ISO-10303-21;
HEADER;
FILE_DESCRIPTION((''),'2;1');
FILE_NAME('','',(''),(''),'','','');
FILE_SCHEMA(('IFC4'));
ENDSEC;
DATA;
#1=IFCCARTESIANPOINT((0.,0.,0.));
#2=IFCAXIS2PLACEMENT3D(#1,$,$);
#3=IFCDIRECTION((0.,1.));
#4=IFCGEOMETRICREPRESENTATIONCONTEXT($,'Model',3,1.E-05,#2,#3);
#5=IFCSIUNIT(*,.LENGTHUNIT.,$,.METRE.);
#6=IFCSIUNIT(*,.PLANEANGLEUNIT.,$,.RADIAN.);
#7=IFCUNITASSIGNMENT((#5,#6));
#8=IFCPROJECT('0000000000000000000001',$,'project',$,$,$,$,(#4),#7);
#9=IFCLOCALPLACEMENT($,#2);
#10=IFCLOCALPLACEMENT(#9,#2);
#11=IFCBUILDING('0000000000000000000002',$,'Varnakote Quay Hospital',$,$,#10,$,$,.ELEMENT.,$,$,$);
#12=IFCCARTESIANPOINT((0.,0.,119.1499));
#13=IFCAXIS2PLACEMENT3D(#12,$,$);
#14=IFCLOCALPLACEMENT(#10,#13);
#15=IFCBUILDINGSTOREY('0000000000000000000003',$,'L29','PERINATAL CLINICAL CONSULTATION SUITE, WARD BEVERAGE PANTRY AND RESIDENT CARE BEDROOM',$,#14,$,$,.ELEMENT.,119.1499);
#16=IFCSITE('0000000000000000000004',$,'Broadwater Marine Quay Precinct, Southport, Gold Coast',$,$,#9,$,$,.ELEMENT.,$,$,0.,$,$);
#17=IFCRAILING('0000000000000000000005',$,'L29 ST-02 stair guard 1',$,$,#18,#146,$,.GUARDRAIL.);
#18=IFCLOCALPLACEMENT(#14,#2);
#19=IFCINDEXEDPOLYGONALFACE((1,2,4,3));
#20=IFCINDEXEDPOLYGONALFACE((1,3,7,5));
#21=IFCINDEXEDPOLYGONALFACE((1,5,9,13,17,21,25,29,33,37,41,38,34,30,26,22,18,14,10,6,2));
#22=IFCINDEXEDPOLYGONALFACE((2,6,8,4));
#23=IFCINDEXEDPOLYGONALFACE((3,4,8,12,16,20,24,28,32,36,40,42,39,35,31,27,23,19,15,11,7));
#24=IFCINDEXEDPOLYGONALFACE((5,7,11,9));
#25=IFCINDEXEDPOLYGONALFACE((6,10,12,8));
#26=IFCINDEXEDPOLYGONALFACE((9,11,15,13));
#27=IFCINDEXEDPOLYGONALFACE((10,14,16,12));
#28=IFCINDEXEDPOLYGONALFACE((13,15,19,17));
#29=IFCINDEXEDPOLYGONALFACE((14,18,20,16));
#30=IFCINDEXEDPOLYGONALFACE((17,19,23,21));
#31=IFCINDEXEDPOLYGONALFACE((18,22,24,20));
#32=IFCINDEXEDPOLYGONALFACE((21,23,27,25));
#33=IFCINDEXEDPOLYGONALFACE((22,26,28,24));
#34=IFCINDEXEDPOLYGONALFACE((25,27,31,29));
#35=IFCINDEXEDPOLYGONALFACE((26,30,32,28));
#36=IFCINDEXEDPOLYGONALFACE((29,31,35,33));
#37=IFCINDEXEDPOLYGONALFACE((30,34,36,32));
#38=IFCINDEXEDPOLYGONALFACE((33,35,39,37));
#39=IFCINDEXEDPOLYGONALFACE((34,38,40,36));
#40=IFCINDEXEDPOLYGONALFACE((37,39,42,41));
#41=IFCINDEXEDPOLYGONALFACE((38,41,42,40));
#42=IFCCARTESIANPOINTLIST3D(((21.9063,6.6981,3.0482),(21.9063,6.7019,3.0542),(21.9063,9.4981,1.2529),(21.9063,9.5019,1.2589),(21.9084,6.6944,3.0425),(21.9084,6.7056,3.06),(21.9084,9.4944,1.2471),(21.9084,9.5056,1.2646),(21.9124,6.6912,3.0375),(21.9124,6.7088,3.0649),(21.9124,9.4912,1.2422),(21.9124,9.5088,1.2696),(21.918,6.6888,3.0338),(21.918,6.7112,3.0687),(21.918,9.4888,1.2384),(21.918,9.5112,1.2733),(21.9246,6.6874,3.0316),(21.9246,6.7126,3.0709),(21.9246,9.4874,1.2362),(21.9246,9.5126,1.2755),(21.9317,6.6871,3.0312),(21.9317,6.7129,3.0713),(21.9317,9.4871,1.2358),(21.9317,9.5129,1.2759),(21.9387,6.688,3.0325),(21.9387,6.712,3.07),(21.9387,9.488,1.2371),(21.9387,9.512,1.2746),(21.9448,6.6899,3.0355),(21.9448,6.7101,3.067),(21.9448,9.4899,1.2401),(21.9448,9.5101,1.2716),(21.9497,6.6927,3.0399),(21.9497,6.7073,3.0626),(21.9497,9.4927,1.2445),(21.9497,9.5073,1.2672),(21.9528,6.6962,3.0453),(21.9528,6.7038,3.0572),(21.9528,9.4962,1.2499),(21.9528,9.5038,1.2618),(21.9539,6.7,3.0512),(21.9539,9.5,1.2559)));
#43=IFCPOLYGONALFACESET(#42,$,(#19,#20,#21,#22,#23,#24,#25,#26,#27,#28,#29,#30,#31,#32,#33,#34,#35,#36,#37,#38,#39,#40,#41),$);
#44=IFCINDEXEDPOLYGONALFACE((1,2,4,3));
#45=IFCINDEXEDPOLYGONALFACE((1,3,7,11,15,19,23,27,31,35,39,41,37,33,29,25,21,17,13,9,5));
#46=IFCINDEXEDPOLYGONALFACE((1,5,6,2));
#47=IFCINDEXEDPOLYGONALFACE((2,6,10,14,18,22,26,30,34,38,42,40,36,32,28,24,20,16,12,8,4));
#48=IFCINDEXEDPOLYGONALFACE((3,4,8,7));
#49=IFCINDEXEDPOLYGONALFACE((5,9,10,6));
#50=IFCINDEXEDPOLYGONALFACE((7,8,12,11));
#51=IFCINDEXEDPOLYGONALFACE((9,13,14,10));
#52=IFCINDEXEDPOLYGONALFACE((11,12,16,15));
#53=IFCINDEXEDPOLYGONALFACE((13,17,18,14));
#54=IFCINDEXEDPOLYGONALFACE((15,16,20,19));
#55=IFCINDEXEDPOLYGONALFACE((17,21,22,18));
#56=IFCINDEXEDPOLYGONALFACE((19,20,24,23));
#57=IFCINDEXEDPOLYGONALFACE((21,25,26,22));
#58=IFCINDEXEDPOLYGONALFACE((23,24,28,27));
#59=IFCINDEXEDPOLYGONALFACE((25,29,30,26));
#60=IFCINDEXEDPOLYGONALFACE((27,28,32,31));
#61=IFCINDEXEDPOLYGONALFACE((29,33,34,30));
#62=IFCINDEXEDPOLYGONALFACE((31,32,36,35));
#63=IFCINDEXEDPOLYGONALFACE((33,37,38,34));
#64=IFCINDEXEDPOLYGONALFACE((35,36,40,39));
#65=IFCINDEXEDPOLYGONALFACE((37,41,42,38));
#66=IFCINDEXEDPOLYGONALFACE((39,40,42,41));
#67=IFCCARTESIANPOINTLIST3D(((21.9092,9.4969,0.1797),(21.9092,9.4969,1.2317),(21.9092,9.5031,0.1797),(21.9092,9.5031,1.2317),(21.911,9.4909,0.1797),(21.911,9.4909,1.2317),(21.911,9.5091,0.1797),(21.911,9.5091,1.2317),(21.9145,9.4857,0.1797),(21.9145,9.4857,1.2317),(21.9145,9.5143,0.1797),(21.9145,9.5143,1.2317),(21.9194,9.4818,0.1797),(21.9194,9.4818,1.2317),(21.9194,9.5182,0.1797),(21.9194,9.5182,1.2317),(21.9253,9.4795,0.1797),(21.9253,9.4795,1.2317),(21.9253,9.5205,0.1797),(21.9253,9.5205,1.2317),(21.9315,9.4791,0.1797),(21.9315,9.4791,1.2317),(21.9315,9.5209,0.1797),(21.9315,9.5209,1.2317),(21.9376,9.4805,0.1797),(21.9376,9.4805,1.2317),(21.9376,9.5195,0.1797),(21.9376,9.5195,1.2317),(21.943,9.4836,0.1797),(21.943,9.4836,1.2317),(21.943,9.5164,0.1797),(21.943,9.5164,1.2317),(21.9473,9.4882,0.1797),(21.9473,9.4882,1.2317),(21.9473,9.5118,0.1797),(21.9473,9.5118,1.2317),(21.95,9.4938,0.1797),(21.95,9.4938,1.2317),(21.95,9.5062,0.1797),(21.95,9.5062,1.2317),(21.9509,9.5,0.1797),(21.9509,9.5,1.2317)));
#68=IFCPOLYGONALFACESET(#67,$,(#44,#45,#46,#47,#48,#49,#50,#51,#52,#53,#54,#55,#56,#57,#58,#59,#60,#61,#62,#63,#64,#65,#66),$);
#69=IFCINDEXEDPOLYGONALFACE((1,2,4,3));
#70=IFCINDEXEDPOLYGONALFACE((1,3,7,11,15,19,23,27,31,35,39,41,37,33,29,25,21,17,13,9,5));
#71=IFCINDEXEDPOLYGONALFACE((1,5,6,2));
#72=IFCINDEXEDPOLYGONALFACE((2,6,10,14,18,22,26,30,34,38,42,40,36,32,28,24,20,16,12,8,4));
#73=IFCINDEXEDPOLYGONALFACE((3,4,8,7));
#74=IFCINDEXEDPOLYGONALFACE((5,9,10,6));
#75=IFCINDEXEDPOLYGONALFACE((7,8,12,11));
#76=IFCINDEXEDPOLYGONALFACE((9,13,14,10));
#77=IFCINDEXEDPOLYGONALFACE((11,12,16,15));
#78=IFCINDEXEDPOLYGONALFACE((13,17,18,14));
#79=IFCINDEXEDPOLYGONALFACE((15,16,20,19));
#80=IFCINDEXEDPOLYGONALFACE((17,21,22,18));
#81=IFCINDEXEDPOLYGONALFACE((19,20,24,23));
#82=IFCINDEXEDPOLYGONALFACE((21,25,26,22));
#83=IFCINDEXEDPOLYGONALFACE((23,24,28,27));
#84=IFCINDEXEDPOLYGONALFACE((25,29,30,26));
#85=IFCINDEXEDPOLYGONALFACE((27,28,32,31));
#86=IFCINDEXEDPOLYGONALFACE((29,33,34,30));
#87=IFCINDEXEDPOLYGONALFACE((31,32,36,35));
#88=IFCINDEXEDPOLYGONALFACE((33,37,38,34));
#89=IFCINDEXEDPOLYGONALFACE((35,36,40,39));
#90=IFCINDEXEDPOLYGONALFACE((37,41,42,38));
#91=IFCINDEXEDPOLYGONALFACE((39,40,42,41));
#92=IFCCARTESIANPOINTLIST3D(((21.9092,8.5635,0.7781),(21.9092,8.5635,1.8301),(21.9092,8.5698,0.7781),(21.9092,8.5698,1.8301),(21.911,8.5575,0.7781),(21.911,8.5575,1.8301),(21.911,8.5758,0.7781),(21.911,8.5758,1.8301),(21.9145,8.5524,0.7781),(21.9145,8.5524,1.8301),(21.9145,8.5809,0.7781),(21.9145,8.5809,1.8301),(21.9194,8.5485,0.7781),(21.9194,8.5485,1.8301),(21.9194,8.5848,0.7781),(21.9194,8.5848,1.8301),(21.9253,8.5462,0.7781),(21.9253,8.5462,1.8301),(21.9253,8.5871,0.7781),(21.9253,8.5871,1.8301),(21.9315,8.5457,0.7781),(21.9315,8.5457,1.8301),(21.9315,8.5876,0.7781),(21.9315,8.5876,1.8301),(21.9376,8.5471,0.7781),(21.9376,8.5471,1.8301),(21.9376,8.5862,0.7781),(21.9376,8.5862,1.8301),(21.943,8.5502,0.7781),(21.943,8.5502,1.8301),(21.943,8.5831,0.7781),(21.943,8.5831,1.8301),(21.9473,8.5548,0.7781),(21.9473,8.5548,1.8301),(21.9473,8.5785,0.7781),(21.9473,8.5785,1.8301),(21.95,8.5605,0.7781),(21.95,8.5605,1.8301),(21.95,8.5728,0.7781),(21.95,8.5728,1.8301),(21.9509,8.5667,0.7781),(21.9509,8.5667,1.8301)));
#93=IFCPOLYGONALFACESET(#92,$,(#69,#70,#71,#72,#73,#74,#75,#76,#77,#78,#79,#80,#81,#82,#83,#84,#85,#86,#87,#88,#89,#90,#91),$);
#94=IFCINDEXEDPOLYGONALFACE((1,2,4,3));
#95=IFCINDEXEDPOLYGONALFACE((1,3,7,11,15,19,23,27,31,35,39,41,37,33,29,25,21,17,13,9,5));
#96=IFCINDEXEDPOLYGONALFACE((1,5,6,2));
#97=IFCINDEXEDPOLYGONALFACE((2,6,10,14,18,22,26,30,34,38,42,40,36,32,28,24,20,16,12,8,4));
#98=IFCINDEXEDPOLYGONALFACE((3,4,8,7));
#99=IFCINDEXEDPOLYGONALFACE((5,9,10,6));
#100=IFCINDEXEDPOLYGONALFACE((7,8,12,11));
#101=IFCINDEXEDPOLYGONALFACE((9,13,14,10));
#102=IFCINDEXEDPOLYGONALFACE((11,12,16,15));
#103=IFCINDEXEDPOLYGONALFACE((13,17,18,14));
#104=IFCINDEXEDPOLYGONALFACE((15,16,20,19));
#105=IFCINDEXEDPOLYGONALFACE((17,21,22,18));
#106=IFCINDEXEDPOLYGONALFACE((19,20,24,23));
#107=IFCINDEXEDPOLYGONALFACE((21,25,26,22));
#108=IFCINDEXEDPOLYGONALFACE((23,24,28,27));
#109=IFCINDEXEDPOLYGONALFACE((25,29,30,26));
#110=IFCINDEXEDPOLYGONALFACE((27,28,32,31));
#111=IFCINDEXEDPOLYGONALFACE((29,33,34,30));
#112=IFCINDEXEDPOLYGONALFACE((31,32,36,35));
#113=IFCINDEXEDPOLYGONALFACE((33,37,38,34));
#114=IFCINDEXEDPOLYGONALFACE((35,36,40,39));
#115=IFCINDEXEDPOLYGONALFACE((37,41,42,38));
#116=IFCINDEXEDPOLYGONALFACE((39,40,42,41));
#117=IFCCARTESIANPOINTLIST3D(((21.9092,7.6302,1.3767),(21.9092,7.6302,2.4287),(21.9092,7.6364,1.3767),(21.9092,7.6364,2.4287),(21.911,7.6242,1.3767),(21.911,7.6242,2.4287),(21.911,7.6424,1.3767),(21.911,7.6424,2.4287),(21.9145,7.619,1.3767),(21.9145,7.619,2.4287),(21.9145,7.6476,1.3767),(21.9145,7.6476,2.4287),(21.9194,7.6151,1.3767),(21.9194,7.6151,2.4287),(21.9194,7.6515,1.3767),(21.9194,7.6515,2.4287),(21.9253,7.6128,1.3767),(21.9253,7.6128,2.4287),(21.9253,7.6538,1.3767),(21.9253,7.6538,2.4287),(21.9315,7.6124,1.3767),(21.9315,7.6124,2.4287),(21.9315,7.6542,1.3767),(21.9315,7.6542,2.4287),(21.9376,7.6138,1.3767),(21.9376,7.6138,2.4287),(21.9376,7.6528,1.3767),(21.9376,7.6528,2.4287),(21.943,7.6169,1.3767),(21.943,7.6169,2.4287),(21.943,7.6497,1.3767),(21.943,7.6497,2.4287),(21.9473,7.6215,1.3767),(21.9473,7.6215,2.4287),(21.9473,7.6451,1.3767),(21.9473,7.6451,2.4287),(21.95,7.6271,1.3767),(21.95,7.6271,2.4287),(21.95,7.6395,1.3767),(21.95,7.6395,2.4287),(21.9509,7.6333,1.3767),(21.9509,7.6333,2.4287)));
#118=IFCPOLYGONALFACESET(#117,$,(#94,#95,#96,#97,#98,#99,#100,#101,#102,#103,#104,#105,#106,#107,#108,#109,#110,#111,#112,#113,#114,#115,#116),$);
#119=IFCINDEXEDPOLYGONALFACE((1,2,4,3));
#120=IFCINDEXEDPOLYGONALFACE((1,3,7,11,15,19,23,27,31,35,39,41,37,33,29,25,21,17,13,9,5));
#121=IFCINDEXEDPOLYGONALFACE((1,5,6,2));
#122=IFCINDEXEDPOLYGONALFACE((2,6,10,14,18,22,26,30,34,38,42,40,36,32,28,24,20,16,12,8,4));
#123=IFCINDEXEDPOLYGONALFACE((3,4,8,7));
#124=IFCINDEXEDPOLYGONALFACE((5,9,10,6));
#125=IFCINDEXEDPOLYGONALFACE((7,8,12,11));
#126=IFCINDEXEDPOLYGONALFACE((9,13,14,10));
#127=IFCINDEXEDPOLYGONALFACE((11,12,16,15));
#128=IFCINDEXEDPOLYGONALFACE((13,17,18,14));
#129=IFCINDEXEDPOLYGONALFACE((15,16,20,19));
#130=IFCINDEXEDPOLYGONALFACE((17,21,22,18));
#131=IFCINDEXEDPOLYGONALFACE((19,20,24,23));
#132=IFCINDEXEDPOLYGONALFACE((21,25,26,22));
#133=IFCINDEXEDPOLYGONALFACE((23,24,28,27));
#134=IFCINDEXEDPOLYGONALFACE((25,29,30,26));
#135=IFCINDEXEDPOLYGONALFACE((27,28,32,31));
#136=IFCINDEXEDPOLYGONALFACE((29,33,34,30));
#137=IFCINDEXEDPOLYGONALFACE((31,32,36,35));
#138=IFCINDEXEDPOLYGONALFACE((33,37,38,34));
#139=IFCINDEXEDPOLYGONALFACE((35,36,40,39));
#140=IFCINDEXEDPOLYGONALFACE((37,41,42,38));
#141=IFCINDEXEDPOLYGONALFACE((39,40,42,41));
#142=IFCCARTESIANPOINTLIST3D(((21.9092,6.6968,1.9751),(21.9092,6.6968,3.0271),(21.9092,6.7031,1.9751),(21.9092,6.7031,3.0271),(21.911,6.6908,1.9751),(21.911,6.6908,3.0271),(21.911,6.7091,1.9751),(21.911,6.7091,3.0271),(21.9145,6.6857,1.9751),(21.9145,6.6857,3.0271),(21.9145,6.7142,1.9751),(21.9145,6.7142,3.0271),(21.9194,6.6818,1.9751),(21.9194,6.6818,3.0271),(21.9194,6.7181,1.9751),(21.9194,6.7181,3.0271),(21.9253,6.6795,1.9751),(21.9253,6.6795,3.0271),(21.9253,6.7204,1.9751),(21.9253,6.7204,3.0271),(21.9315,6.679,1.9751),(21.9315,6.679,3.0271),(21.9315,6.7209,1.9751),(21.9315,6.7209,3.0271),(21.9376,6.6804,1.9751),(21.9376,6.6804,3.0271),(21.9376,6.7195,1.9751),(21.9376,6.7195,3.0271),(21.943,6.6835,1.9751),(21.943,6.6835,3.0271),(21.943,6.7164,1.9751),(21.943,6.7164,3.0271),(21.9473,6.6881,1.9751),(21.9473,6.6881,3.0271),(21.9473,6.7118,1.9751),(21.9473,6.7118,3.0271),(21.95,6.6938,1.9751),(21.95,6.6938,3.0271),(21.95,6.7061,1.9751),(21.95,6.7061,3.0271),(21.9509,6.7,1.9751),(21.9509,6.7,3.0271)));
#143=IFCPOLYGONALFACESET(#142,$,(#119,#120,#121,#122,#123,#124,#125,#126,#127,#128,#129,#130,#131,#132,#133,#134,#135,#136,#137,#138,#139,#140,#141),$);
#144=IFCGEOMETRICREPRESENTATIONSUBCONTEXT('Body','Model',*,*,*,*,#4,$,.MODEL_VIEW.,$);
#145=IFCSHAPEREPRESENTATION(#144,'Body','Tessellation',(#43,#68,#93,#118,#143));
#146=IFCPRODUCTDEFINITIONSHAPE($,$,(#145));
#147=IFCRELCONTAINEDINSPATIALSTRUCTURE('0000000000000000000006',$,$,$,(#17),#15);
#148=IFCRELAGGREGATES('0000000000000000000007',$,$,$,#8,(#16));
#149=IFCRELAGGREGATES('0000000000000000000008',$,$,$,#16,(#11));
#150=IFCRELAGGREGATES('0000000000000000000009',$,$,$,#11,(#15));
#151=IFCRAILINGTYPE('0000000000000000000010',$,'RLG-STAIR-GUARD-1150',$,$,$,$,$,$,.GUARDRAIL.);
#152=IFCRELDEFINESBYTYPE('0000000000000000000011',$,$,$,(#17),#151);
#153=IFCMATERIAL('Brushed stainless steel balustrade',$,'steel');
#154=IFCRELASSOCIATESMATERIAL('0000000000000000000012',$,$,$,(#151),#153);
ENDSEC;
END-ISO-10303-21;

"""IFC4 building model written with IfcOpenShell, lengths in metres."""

from ifc_helpers import new_model, si_unit, direction, frame, origin, origin_2d, place, context, subcontext, project, spatial, circle, extrude, material, type_object, element, save


model = new_model("IFC4")

# Units and contexts
model_context = context("Model", 3, precision=1e-05, world=origin(), true_north=direction((0.0, 1.0)))
body_context = subcontext(model_context, "Body", "Model", "MODEL_VIEW")
ifc_project = project(units=[si_unit("LENGTHUNIT", "METRE"), si_unit("PLANEANGLEUNIT", "RADIAN")], contexts=[model_context])

# Site, building, storey
site_placement = place(None, origin())
site = spatial("IfcSite", under=ifc_project, at=site_placement, Name="Broadwater Marine Quay Precinct, Southport, Gold Coast", CompositionType="ELEMENT", RefElevation=0.0)
building_placement = place(site_placement, origin())
building = spatial("IfcBuilding", under=site, at=building_placement, Name="Varnakote Quay Hospital", CompositionType="ELEMENT")
storey_placement = place(building_placement, frame((0.0, 0.0, 119.1499)))
storey = spatial("IfcBuildingStorey", under=building, at=storey_placement, Name="L29", Description="PERINATAL CLINICAL CONSULTATION SUITE, WARD BEVERAGE PANTRY AND RESIDENT CARE BEDROOM", CompositionType="ELEMENT", Elevation=119.1499)

# Railing
ifc_material_1 = material(Name="Brushed stainless steel balustrade", Category="steel")
railing_type_1 = type_object("IfcRailingType", Name="RLG-STAIR-GUARD-1150", PredefinedType="GUARDRAIL", material=ifc_material_1)
railing_1_placement = place(storey_placement, frame((21.9299, 9.5, 0.1797)))
element("IfcRailing", 1, at=railing_1_placement, inside=storey, type_object=railing_type_1, Name="L29 ST-02 stair guard 1", PredefinedType="GUARDRAIL", context=body_context, shape_type="SweptSolid", body=[
    extrude(circle(Radius=0.0239, at=origin_2d()), frame((0.0, 0.0, 1.0762), z_axis=(0.0, -0.84181, 0.539774), x_axis=(1.0, 0.0, 0.0)), (0.0, 0.0, 1.0), 3.3262),
    extrude(circle(Radius=0.021, at=origin_2d()), origin(), (0.0, 0.0, 1.0), 1.052),
    extrude(circle(Radius=0.021, at=origin_2d()), frame((0.0, -0.9333, 0.5984)), (0.0, 0.0, 1.0), 1.052),
    extrude(circle(Radius=0.021, at=origin_2d()), frame((0.0, -1.8667, 1.197)), (0.0, 0.0, 1.0), 1.052),
    extrude(circle(Radius=0.021, at=origin_2d()), frame((0.0, -2.8, 1.7954)), (0.0, 0.0, 1.0), 1.052),
])

save(model, "model.ifc")
